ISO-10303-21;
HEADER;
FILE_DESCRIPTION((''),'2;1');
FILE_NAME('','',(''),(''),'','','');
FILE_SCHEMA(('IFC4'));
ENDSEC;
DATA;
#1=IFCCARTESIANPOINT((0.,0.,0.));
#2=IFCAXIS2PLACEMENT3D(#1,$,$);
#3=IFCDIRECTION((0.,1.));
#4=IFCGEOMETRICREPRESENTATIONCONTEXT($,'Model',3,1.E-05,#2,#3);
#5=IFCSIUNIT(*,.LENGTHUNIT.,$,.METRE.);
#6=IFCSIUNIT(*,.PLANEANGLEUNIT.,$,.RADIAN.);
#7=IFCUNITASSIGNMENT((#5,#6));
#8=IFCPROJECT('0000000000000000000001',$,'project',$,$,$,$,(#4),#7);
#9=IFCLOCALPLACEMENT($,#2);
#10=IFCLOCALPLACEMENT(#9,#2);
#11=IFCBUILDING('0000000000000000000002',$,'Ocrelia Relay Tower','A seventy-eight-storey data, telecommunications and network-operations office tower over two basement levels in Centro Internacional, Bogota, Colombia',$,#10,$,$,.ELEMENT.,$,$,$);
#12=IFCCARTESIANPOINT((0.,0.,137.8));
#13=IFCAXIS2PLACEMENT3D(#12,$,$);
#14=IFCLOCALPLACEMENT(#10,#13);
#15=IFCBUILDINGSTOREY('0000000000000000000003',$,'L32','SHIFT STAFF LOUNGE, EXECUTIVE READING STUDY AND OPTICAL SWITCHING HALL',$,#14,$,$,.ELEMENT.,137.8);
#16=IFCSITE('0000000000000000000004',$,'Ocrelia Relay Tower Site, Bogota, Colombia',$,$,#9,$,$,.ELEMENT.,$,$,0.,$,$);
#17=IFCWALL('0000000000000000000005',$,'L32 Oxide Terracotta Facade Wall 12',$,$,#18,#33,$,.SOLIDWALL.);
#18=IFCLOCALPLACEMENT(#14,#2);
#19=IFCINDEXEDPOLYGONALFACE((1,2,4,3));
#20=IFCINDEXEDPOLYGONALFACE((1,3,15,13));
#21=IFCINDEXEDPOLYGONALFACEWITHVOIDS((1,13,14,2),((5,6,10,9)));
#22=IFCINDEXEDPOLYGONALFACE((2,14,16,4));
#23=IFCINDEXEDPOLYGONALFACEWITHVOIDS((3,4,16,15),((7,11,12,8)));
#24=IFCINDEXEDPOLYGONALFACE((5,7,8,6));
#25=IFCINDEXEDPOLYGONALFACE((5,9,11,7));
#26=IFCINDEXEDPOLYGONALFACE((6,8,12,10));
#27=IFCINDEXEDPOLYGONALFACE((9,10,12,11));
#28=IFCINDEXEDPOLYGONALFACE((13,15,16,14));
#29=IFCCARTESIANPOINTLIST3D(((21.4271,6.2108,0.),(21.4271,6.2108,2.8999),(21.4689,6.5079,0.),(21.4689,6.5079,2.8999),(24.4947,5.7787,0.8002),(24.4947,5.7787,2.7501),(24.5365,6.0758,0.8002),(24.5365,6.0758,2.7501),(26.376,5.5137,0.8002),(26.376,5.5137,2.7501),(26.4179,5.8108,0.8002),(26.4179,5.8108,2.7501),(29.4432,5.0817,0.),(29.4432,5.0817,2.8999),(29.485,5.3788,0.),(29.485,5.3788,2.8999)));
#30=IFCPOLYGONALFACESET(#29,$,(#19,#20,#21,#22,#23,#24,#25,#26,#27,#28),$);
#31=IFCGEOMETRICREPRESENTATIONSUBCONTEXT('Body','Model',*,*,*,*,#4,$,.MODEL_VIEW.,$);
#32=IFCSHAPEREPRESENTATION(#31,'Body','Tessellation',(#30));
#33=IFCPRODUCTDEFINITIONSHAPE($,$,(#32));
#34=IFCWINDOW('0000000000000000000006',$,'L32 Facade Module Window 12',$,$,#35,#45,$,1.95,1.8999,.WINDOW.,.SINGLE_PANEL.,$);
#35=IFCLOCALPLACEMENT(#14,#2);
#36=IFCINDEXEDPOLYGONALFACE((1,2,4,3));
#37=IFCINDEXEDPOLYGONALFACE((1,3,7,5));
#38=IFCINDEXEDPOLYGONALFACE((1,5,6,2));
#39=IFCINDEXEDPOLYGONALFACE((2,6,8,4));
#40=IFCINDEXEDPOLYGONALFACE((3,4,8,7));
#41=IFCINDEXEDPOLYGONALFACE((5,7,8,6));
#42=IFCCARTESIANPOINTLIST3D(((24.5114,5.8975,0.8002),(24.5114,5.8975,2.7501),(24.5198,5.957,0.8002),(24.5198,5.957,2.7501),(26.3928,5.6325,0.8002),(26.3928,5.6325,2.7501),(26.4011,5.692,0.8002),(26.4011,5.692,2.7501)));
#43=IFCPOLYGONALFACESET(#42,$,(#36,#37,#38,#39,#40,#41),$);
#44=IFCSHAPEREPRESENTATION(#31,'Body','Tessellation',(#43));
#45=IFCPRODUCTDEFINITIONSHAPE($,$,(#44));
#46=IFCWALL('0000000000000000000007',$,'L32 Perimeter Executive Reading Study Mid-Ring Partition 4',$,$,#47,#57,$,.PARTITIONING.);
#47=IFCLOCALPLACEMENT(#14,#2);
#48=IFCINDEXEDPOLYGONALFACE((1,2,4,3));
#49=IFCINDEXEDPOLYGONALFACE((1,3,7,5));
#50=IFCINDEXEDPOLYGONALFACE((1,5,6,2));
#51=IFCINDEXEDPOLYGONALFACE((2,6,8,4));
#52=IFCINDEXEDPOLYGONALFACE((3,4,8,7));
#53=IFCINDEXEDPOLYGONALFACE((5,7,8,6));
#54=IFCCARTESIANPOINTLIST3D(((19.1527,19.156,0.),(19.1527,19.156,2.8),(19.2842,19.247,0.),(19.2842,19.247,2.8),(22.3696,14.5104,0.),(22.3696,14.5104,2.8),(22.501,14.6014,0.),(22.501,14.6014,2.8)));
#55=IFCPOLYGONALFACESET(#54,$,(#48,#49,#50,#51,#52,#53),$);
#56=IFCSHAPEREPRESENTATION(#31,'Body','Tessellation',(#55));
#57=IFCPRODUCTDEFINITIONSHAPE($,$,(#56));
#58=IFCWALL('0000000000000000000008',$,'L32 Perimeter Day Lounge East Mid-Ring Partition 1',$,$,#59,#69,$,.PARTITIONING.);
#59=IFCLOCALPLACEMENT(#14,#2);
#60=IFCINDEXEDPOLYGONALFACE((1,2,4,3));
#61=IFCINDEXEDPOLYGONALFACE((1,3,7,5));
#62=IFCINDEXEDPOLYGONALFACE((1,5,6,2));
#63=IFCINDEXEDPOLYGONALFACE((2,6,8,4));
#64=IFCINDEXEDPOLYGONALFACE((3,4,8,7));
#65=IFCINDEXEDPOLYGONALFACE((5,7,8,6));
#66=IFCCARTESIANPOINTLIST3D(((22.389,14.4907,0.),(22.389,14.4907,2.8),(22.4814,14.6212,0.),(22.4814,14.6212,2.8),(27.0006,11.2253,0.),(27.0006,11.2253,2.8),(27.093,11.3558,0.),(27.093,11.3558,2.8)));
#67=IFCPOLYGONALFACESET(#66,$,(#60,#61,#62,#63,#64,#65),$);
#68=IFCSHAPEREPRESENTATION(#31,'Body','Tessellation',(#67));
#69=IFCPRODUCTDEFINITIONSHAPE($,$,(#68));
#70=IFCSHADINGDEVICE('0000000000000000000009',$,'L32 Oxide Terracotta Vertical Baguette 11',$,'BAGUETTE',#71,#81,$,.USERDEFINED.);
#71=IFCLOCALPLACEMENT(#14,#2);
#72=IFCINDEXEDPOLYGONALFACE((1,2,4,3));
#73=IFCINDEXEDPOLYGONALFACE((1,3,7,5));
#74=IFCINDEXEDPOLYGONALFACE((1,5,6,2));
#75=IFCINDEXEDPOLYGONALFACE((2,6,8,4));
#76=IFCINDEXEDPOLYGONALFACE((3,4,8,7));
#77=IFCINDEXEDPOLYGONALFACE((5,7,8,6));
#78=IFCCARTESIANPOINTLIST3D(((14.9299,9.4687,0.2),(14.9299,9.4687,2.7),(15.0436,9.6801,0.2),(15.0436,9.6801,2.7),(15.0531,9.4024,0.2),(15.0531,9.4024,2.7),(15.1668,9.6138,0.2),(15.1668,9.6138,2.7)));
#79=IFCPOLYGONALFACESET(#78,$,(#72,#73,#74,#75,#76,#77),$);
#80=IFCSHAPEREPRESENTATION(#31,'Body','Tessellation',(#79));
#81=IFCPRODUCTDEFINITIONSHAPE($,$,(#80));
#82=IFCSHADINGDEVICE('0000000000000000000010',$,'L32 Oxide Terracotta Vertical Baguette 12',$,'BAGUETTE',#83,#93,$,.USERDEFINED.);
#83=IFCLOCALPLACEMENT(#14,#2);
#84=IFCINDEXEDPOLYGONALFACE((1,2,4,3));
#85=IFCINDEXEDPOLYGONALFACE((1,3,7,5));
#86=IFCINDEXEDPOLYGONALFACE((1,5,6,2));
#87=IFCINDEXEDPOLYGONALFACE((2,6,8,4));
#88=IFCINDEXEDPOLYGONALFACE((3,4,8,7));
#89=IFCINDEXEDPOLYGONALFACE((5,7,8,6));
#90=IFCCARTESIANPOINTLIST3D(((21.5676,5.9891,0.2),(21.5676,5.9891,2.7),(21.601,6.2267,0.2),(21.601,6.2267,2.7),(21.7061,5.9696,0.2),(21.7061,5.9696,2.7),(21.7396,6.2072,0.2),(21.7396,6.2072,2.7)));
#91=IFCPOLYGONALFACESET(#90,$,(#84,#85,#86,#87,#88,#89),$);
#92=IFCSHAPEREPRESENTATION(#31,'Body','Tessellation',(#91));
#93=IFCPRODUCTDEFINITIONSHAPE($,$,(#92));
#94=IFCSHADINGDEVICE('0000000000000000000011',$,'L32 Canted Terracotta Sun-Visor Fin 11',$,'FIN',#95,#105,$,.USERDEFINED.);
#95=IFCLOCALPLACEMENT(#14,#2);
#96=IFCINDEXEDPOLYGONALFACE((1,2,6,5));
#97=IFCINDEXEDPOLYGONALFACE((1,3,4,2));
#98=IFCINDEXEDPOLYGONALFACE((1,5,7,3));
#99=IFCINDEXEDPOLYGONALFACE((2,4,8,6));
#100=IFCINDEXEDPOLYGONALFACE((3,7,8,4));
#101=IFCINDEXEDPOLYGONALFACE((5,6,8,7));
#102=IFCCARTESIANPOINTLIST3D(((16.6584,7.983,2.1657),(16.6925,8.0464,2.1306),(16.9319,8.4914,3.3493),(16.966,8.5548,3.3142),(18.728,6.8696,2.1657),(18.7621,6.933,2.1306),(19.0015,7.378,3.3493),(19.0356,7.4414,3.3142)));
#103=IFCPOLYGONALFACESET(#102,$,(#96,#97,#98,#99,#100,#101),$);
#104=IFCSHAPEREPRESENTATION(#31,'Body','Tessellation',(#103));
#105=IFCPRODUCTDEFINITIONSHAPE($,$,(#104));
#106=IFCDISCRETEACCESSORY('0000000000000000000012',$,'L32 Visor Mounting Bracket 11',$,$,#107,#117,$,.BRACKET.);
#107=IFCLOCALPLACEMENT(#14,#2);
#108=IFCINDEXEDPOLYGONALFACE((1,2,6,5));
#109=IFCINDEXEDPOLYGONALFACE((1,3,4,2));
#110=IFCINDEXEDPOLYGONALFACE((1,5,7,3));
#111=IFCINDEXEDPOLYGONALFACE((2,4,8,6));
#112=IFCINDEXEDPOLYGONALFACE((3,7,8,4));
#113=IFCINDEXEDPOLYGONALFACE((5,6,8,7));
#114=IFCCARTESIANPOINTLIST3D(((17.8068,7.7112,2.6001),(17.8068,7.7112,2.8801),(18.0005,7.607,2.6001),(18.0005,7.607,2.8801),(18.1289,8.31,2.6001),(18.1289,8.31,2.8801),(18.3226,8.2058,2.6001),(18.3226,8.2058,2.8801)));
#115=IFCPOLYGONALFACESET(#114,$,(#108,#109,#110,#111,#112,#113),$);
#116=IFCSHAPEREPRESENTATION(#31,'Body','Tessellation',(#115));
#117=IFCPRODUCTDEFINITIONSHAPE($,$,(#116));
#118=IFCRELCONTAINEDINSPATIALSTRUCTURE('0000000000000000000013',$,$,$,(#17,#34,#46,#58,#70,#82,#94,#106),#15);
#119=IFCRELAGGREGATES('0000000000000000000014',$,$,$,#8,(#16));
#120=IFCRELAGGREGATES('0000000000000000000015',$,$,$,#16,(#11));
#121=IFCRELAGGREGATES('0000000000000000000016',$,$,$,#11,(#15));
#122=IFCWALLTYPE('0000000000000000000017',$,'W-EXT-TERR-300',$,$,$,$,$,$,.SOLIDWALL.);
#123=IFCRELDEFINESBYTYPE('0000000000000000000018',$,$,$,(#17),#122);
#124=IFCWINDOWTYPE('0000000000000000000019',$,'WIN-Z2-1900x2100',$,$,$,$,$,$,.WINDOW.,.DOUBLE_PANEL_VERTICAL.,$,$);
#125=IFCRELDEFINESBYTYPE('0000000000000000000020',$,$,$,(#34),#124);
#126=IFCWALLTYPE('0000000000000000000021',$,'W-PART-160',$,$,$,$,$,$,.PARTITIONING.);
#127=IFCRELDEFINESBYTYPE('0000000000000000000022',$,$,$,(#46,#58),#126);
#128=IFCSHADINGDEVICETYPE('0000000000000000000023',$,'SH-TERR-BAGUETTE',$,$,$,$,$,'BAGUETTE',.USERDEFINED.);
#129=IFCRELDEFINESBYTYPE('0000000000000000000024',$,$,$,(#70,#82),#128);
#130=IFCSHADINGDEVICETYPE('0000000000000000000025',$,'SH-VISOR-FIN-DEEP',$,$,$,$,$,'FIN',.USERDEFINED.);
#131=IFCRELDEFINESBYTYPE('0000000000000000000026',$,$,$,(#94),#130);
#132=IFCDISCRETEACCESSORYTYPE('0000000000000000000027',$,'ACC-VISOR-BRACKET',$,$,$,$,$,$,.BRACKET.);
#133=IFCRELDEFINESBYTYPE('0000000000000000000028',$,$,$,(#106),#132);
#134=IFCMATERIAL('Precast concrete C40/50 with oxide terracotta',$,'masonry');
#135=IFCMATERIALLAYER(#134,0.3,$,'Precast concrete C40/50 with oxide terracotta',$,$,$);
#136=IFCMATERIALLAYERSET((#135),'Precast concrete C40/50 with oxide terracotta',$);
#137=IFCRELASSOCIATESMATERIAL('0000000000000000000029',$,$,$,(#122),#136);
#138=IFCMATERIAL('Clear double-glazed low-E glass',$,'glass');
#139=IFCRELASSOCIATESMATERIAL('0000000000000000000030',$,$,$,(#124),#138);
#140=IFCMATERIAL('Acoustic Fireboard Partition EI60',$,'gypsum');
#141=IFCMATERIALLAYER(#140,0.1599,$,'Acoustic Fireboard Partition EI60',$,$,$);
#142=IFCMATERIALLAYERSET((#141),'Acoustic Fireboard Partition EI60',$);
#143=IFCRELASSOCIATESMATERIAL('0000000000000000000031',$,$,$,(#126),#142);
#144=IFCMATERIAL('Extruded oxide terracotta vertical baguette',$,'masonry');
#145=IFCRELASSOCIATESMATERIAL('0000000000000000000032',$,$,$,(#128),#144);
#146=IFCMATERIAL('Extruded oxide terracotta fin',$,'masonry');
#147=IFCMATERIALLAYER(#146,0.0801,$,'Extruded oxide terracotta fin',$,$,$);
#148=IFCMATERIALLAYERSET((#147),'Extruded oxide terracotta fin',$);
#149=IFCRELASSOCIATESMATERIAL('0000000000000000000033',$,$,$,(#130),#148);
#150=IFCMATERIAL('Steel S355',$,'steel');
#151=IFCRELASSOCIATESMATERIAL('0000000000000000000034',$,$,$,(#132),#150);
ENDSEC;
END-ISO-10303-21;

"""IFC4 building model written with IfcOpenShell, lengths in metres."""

from ifc_helpers import new_model, si_unit, direction, frame, frame_2d, origin, origin_2d, place, context, subcontext, project, spatial, rectangle, extrude, material, layer, layer_set, type_object, element, fill, save


model = new_model("IFC4")

# Units and contexts
model_context = context("Model", 3, precision=1e-05, world=origin(), true_north=direction((0.0, 1.0)))
body_context = subcontext(model_context, "Body", "Model", "MODEL_VIEW")
ifc_project = project(units=[si_unit("LENGTHUNIT", "METRE"), si_unit("PLANEANGLEUNIT", "RADIAN")], contexts=[model_context])

# Site, building, storey
site_placement = place(None, origin())
site = spatial("IfcSite", under=ifc_project, at=site_placement, Name="Ocrelia Relay Tower Site, Bogota, Colombia", CompositionType="ELEMENT", RefElevation=0.0)
building_placement = place(site_placement, origin())
building = spatial("IfcBuilding", under=site, at=building_placement, Name="Ocrelia Relay Tower", Description="A seventy-eight-storey data, telecommunications and network-operations office tower over two basement levels in Centro Internacional, Bogota, Colombia", CompositionType="ELEMENT")
storey_placement = place(building_placement, frame((0.0, 0.0, 137.8)))
storey = spatial("IfcBuildingStorey", under=building, at=storey_placement, Name="L32", Description="SHIFT STAFF LOUNGE, EXECUTIVE READING STUDY AND OPTICAL SWITCHING HALL", CompositionType="ELEMENT", Elevation=137.8)

# Shared definitions
ifc_material_1 = material(Name="Steel S355", Category="steel")

# Shared definitions
ifc_material_2 = material(Name="Clear double-glazed low-E glass", Category="glass")

# Wall, opening, window
ifc_material_3 = material(Name="Precast concrete C40/50 with oxide terracotta", Category="masonry")
ifc_layer_1 = layer(ifc_material_3, 0.3, Name="Precast concrete C40/50 with oxide terracotta")
ifc_layer_set_1 = layer_set([ifc_layer_1], Name="Precast concrete C40/50 with oxide terracotta")
wall_type_1 = type_object("IfcWallType", Name="W-EXT-TERR-300", PredefinedType="SOLIDWALL", material=ifc_layer_set_1)
window_type = type_object("IfcWindowType", Name="WIN-Z2-1900x2100", PartitioningType="DOUBLE_PANEL_VERTICAL", PredefinedType="WINDOW", material=ifc_material_2)
wall_1_placement = place(storey_placement, frame((21.448, 6.3594, 0.0), z_axis=(0.0, 0.0, 1.0), x_axis=(0.990224, -0.139483, 0.0)))
wall_1 = element("IfcWall", 1, at=wall_1_placement, inside=storey, type_object=wall_type_1, Name="L32 Oxide Terracotta Facade Wall 12", PredefinedType="SOLIDWALL", context=body_context, shape_type="SweptSolid", body=[
    extrude(rectangle(XDim=8.0952, YDim=0.3, at=frame_2d((4.0476, 0.0))), origin(), (0.0, 0.0, 1.0), 2.8999),
])
opening_1_placement = place(wall_1_placement, frame((3.0979, 0.0, 0.8)))
opening_1 = element("IfcOpeningElement", 2, at=opening_1_placement, cuts=wall_1, PredefinedType="OPENING", context=body_context, shape_type="SweptSolid", body=[
    extrude(rectangle(XDim=1.8999, YDim=1.95, at=frame_2d((0.95, 0.9751))), frame((0.0, 0.1602, 0.0), z_axis=(0.0, -1.0, 0.0), x_axis=(1.0, 0.0, 0.0)), (0.0, 0.0, 1.0), 0.3201),
])
window_1_placement = place(opening_1_placement, origin())
window_1 = element("IfcWindow", 3, at=window_1_placement, inside=storey, type_object=window_type, Name="L32 Facade Module Window 12", OverallHeight=1.95, OverallWidth=1.8999, PartitioningType="SINGLE_PANEL", PredefinedType="WINDOW", context=body_context, shape_type="SweptSolid", body=[
    extrude(rectangle(XDim=1.8999, YDim=1.95, at=frame_2d((0.95, 0.9751))), frame((0.0, 0.03, 0.0), z_axis=(0.0, -1.0, 0.0), x_axis=(1.0, 0.0, 0.0)), (0.0, 0.0, 1.0), 0.0601),
])
fill(opening_1, window_1)

# Walls
ifc_material_4 = material(Name="Acoustic Fireboard Partition EI60", Category="gypsum")
ifc_layer_2 = layer(ifc_material_4, 0.1599, Name="Acoustic Fireboard Partition EI60")
ifc_layer_set_2 = layer_set([ifc_layer_2], Name="Acoustic Fireboard Partition EI60")
wall_type_2 = type_object("IfcWallType", Name="W-PART-160", PredefinedType="PARTITIONING", material=ifc_layer_set_2)
for number, where, z_axis, x_axis, name in (
    (4, (19.2185, 19.2014, 0.0), (0.0, 0.0, 1.0), (0.569291, -0.822136, 0.0), "L32 Perimeter Executive Reading Study Mid-Ring Partition 4"),
    (5, (22.4353, 14.5559, 0.0), (0.0, 0.0, 1.0), (0.81612, -0.577882, 0.0), "L32 Perimeter Day Lounge East Mid-Ring Partition 1"),
):
    element("IfcWall", number, at=place(storey_placement, frame(where, z_axis=z_axis, x_axis=x_axis)), inside=storey, type_object=wall_type_2, Name=name, PredefinedType="PARTITIONING", context=body_context, shape_type="SweptSolid", body=[
        extrude(rectangle(XDim=5.6506, YDim=0.1599, at=frame_2d((2.8252, 0.0))), origin(), (0.0, 0.0, 1.0), 2.8),
    ])

# Shading devices
ifc_material_5 = material(Name="Extruded oxide terracotta vertical baguette", Category="masonry")
shading_device_type_1 = type_object("IfcShadingDeviceType", Name="SH-TERR-BAGUETTE", ElementType="BAGUETTE", PredefinedType="USERDEFINED", material=ifc_material_5)
for number, where, z_axis, x_axis, name in (
    (6, (15.0483, 9.5413, 0.2), (0.0, 0.0, 1.0), (0.880639, -0.473787, 0.0), "L32 Oxide Terracotta Vertical Baguette 11"),
    (7, (21.6536, 6.0981, 0.2), (0.0, 0.0, 1.0), (0.990223, -0.139491, 0.0), "L32 Oxide Terracotta Vertical Baguette 12"),
):
    element("IfcShadingDevice", number, at=place(storey_placement, frame(where, z_axis=z_axis, x_axis=x_axis)), inside=storey, type_object=shading_device_type_1, Name=name, ObjectType="BAGUETTE", PredefinedType="USERDEFINED", context=body_context, shape_type="SweptSolid", body=[
        extrude(rectangle(XDim=0.1399, YDim=0.24, at=origin_2d()), origin(), (0.0, 0.0, 1.0), 2.5),
    ])
ifc_material_6 = material(Name="Extruded oxide terracotta fin", Category="masonry")
ifc_layer_3 = layer(ifc_material_6, 0.0801, Name="Extruded oxide terracotta fin")
ifc_layer_set_3 = layer_set([ifc_layer_3], Name="Extruded oxide terracotta fin")
shading_device_type_2 = type_object("IfcShadingDeviceType", Name="SH-VISOR-FIN-DEEP", ElementType="FIN", PredefinedType="USERDEFINED", material=ifc_layer_set_3)
shading_device_placement = place(storey_placement, frame((17.864, 7.7439, 2.7224), z_axis=(-0.425837, -0.791513, 0.438371), x_axis=(0.880639, -0.473787, 0.0)))
element("IfcShadingDevice", 8, at=shading_device_placement, inside=storey, type_object=shading_device_type_2, Name="L32 Canted Terracotta Sun-Visor Fin 11", ObjectType="FIN", PredefinedType="USERDEFINED", context=body_context, shape_type="SweptSolid", body=[
    extrude(rectangle(XDim=2.3501, YDim=1.3169, at=origin_2d()), origin(), (0.0, 0.0, 1.0), 0.0801),
])

# Discrete accessory
discrete_accessory_type = type_object("IfcDiscreteAccessoryType", Name="ACC-VISOR-BRACKET", PredefinedType="BRACKET", material=ifc_material_1)
discrete_accessory_placement = place(storey_placement, frame((18.0647, 7.9585, 2.6001), z_axis=(0.0, 0.0, 1.0), x_axis=(0.880639, -0.473787, 0.0)))
element("IfcDiscreteAccessory", 9, at=discrete_accessory_placement, inside=storey, type_object=discrete_accessory_type, Name="L32 Visor Mounting Bracket 11", PredefinedType="BRACKET", context=body_context, shape_type="SweptSolid", body=[
    extrude(rectangle(XDim=0.22, YDim=0.6799, at=origin_2d()), origin(), (0.0, 0.0, 1.0), 0.28),
])

save(model, "model.ifc")
